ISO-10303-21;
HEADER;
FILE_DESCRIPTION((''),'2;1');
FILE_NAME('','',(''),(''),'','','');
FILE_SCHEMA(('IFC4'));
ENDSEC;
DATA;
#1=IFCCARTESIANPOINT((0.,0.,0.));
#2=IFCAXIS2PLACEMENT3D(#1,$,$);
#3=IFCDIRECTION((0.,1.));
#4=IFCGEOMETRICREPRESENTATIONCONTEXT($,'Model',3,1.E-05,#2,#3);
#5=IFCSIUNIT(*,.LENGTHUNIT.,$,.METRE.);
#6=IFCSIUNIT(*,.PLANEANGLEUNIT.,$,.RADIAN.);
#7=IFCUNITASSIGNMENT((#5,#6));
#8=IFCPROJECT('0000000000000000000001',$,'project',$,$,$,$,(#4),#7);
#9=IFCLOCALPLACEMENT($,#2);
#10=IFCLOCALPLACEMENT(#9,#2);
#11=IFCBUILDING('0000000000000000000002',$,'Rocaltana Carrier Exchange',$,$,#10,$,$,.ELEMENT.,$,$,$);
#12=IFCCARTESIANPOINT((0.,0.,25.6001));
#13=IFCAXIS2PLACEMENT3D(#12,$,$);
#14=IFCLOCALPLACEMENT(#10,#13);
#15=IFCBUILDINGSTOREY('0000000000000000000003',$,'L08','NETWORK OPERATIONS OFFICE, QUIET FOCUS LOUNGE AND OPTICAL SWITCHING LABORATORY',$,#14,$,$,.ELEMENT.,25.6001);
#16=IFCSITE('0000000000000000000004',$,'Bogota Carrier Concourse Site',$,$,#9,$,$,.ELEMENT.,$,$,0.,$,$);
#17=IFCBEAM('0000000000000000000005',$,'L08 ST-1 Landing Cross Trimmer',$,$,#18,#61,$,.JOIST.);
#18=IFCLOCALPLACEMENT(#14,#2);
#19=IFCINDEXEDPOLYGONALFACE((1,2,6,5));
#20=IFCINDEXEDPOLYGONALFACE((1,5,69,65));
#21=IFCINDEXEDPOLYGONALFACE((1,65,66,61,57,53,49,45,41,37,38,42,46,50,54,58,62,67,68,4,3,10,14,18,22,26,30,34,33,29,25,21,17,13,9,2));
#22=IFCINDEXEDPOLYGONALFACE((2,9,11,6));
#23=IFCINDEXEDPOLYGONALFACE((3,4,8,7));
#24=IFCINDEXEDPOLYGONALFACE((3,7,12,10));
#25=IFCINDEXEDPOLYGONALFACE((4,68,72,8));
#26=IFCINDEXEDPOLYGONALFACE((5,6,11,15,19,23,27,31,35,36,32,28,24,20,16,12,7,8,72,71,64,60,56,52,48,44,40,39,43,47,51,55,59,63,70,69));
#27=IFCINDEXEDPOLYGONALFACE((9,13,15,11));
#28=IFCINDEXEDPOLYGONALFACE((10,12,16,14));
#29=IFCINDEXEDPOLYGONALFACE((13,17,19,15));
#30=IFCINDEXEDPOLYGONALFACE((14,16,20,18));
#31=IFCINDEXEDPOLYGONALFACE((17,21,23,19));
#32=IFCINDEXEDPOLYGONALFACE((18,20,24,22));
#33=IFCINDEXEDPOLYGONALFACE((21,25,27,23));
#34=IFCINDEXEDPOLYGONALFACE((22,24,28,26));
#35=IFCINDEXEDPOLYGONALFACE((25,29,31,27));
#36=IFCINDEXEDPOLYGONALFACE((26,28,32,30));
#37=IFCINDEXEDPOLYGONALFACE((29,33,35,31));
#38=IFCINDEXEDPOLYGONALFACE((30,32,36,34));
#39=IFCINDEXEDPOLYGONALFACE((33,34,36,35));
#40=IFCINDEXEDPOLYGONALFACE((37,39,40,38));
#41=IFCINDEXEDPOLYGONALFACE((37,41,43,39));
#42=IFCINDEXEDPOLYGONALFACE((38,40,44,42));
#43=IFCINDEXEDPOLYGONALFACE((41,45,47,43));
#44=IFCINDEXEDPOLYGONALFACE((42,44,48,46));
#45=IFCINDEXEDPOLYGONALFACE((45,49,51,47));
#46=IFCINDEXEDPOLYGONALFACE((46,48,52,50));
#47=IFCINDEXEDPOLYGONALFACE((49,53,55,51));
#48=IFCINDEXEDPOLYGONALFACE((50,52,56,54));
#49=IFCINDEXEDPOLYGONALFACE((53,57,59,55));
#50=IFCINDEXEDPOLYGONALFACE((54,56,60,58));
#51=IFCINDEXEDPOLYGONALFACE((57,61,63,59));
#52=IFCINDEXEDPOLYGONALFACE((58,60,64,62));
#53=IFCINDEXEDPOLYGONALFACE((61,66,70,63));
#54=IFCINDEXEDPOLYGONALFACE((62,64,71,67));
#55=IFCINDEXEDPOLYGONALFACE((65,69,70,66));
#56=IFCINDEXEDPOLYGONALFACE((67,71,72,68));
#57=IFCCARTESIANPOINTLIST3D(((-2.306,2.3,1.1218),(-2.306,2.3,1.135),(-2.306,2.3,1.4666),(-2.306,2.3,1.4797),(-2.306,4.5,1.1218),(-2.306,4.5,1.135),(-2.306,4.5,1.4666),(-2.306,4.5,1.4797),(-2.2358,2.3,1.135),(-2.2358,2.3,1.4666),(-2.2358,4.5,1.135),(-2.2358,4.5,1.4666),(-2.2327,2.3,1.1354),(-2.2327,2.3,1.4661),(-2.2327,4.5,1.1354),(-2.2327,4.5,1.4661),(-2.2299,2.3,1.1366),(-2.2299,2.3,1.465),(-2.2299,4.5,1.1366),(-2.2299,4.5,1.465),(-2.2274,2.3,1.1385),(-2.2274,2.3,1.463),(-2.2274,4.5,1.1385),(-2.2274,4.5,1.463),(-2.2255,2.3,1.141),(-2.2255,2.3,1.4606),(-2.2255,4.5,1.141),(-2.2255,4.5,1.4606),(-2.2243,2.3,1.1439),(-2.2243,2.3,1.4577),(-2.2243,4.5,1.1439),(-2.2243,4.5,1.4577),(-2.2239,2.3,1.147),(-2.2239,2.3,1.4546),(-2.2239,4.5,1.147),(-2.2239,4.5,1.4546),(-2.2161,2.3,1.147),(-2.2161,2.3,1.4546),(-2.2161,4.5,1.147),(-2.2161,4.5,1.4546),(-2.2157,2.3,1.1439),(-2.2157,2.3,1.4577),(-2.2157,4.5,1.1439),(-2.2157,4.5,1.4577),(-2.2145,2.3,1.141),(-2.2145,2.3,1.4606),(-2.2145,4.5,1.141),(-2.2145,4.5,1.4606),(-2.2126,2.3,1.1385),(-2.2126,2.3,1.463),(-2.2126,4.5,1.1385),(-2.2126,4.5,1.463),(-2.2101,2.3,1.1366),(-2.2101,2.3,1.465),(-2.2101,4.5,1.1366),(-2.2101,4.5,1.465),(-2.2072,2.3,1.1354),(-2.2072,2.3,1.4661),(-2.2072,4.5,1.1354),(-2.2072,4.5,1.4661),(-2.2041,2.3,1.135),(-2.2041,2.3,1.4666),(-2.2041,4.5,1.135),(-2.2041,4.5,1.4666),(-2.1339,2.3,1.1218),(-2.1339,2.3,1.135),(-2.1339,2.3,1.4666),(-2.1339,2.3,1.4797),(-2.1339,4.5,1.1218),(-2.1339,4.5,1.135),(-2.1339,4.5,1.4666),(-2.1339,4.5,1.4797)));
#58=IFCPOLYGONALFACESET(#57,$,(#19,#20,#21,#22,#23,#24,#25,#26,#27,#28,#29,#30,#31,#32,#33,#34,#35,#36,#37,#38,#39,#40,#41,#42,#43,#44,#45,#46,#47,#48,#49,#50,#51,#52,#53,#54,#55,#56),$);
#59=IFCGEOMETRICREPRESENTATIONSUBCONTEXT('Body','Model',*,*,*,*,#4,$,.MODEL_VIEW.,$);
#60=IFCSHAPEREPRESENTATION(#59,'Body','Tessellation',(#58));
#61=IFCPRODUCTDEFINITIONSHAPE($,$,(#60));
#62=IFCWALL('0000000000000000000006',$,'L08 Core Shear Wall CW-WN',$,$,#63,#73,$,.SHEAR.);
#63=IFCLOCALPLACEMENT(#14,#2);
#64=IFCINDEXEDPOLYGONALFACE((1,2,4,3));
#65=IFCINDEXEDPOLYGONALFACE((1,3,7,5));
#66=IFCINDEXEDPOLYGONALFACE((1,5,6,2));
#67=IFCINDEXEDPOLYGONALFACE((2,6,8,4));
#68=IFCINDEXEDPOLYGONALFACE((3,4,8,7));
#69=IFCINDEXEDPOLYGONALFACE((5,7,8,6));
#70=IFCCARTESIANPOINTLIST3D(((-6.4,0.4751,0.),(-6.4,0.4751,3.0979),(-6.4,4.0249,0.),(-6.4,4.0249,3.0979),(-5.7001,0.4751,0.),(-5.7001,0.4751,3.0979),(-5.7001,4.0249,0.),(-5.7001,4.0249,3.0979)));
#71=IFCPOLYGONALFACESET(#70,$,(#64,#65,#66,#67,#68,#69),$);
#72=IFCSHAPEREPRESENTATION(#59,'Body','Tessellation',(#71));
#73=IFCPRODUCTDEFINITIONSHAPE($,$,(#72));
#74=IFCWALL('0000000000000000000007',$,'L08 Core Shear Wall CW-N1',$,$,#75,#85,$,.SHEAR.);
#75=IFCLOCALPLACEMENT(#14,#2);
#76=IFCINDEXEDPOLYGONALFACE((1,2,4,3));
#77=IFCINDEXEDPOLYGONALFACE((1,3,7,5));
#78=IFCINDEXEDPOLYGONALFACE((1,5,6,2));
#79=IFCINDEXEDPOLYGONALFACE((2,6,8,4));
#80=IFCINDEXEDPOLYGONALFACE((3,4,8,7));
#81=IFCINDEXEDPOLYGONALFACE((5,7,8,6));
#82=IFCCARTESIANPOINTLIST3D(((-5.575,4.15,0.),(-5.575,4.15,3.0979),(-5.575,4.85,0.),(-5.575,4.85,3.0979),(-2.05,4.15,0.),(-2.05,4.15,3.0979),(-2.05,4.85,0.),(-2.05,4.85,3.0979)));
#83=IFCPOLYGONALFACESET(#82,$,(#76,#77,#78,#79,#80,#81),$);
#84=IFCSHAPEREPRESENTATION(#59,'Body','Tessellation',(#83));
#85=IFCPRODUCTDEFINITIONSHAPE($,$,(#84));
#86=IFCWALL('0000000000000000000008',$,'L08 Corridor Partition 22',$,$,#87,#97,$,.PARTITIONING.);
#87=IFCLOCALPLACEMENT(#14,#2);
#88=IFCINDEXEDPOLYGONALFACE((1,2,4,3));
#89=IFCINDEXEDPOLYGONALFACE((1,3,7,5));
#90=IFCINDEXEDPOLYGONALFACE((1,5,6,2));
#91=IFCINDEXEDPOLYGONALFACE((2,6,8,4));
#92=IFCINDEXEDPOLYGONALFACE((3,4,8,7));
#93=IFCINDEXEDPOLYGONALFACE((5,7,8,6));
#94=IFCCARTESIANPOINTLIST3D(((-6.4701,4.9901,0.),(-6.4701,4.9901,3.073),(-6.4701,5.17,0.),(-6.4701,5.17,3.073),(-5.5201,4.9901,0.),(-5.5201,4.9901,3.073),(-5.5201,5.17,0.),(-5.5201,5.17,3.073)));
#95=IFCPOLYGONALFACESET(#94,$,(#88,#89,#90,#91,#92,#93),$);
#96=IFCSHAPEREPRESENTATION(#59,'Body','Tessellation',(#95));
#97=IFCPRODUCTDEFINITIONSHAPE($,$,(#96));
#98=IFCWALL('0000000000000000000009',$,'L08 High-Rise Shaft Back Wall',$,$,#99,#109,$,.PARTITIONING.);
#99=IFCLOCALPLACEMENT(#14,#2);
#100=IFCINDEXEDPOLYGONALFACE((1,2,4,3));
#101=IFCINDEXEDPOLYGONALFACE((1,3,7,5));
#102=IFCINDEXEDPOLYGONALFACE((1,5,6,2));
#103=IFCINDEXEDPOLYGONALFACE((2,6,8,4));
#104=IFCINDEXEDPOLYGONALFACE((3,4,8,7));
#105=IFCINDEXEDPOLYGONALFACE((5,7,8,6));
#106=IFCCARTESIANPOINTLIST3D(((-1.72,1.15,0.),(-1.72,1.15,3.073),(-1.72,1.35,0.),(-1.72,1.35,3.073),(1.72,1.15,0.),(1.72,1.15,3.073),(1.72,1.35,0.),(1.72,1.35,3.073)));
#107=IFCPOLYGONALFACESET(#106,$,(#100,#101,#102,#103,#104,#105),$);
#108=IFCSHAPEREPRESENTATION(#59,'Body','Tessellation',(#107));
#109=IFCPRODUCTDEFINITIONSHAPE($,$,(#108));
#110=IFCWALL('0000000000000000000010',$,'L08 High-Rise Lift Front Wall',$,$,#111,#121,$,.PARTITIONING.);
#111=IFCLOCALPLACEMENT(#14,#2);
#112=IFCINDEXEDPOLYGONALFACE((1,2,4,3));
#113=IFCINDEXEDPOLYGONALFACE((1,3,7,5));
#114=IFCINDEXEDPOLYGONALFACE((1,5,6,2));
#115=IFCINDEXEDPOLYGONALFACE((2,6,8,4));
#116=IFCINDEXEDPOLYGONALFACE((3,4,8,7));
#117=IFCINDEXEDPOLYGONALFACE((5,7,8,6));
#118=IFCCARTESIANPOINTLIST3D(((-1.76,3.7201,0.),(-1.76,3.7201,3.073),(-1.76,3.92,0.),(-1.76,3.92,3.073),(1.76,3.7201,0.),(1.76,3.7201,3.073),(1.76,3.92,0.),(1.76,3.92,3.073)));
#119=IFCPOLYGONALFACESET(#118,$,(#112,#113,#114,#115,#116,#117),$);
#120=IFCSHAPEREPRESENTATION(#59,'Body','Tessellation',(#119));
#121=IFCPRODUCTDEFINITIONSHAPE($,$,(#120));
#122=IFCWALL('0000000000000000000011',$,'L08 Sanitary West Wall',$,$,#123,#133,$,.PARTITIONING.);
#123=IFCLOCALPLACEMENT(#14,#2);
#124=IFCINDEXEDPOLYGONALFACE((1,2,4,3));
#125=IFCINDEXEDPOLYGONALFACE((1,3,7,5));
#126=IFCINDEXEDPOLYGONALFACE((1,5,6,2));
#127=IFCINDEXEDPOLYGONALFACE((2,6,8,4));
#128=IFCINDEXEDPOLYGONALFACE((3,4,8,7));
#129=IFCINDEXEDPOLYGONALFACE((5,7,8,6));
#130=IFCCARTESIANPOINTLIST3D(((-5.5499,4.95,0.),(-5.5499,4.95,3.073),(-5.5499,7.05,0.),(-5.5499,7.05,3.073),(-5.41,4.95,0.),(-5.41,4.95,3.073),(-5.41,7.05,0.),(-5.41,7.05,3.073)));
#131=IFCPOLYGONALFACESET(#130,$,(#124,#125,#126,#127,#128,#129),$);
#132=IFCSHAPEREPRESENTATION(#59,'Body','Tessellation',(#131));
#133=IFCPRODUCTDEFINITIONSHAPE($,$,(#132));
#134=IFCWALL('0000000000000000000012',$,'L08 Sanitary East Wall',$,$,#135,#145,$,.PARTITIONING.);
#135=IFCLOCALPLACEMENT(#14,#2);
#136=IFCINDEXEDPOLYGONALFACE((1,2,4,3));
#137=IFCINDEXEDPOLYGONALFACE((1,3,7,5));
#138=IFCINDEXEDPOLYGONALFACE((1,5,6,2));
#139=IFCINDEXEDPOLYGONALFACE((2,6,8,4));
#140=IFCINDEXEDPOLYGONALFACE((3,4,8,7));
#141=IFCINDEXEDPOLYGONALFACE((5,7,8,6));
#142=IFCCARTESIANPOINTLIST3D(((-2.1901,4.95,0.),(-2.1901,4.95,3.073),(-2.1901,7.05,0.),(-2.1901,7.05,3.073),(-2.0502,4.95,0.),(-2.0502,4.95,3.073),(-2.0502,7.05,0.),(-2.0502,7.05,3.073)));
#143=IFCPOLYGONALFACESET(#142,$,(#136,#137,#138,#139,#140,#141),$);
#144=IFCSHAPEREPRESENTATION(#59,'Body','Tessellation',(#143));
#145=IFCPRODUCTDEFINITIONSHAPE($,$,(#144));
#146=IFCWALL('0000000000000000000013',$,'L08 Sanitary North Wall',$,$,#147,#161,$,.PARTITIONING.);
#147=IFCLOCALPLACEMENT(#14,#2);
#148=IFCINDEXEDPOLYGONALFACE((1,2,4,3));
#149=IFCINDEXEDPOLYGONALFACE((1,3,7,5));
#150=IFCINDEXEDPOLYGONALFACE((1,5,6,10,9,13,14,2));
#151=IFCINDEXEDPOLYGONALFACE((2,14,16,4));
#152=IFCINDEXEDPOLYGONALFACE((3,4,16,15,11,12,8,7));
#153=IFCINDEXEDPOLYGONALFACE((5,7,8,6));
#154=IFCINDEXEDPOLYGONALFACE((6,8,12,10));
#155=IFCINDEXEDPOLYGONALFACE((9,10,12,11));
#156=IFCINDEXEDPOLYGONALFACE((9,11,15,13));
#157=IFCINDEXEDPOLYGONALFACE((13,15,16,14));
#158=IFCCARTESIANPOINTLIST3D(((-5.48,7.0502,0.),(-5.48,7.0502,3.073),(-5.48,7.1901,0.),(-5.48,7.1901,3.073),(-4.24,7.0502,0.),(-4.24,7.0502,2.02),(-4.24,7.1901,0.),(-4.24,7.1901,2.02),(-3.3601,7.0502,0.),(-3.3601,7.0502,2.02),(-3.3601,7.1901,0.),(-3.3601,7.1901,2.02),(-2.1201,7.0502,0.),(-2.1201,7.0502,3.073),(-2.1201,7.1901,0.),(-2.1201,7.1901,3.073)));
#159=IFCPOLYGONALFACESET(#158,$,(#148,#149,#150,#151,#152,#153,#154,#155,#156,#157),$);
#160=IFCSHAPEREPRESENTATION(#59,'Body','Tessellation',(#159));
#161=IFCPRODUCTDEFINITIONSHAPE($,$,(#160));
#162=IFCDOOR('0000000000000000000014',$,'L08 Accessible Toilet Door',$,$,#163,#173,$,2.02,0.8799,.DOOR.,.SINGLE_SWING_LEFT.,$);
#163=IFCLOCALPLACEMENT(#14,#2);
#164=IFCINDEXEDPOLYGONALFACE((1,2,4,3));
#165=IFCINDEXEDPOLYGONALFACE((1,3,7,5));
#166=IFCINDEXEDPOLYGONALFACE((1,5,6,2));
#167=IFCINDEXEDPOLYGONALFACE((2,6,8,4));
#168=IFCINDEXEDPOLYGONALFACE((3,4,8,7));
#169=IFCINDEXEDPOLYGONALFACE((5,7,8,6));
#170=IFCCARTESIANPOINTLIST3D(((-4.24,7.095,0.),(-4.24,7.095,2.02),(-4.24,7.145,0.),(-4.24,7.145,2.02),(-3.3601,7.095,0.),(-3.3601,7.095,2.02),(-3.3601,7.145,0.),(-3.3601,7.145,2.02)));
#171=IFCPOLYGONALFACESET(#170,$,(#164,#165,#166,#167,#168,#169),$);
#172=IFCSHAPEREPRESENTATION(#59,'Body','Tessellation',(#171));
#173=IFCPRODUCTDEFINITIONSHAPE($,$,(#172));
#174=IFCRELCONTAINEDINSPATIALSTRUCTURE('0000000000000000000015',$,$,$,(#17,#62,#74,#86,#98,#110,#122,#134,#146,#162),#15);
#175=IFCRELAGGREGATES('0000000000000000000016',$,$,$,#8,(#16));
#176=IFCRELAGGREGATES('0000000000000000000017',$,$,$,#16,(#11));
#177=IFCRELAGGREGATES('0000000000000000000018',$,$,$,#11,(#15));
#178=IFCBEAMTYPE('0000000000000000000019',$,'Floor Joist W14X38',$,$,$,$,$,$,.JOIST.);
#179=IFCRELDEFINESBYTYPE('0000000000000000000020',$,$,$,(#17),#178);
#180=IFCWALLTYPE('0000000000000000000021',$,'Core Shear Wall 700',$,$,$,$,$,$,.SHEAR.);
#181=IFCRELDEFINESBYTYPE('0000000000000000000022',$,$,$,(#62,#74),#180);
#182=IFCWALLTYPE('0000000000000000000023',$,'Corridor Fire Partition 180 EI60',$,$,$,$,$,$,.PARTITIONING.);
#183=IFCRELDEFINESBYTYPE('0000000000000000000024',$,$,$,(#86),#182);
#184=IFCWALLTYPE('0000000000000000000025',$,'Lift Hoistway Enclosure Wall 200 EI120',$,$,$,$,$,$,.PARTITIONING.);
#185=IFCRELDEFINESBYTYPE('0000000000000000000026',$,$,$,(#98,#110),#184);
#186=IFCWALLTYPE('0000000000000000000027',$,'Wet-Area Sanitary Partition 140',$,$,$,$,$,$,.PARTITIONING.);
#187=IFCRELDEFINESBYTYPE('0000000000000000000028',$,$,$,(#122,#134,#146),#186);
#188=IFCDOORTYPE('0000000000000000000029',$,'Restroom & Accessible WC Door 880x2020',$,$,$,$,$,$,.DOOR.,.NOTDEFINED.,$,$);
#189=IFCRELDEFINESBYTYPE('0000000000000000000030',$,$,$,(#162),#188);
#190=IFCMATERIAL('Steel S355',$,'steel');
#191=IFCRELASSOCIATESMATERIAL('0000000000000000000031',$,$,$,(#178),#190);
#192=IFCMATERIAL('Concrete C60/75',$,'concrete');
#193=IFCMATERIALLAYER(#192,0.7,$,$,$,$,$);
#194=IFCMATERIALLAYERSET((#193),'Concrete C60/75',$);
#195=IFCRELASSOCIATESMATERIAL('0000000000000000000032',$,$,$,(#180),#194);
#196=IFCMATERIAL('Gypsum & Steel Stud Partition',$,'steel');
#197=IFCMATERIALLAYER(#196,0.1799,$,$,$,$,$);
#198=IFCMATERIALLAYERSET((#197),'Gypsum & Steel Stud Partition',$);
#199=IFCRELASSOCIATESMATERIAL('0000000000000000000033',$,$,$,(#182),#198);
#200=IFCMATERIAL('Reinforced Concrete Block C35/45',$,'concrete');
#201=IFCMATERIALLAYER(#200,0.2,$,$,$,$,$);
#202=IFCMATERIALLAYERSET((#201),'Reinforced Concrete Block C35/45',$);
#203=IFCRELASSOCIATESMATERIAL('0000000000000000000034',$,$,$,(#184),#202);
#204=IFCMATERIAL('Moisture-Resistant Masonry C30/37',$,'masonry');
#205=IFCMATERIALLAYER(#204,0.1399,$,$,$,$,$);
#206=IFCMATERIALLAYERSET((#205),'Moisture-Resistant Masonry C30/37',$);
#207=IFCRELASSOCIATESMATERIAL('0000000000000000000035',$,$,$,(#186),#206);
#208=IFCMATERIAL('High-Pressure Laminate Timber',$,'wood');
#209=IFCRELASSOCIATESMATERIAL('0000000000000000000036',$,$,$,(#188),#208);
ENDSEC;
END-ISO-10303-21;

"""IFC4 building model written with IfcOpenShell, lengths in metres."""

from ifc_helpers import new_model, si_unit, direction, frame, frame_2d, origin, origin_2d, place, context, subcontext, project, spatial, rectangle, i_section, extrude, material, layer, layer_set, material_profile, profile_set, type_object, element, fill, save


model = new_model("IFC4")

# Units and contexts
model_context = context("Model", 3, precision=1e-05, world=origin(), true_north=direction((0.0, 1.0)))
body_context = subcontext(model_context, "Body", "Model", "MODEL_VIEW")
ifc_project = project(units=[si_unit("LENGTHUNIT", "METRE"), si_unit("PLANEANGLEUNIT", "RADIAN")], contexts=[model_context])

# Site, building, storey
site_placement = place(None, origin())
site = spatial("IfcSite", under=ifc_project, at=site_placement, Name="Bogota Carrier Concourse Site", CompositionType="ELEMENT", RefElevation=0.0)
building_placement = place(site_placement, origin())
building = spatial("IfcBuilding", under=site, at=building_placement, Name="Rocaltana Carrier Exchange", CompositionType="ELEMENT")
storey_placement = place(building_placement, frame((0.0, 0.0, 25.6001)))
storey = spatial("IfcBuildingStorey", under=building, at=storey_placement, Name="L08", Description="NETWORK OPERATIONS OFFICE, QUIET FOCUS LOUNGE AND OPTICAL SWITCHING LABORATORY", CompositionType="ELEMENT", Elevation=25.6001)

# Beam
ifc_material_1 = material(Name="Steel S355", Category="steel")
ifc_material_profile_1 = material_profile(ifc_material_1, i_section(OverallWidth=0.1721, OverallDepth=0.3579, WebThickness=0.0078, FlangeThickness=0.0132, FilletRadius=0.012, at=origin_2d()), Name="W14X38")
ifc_profile_set_1 = profile_set([ifc_material_profile_1], Name="Steel S355")
beam_type_1 = type_object("IfcBeamType", Name="Floor Joist W14X38", PredefinedType="JOIST", material=ifc_profile_set_1)
beam_1_placement = place(storey_placement, frame((-2.22, 2.3, 1.3008), z_axis=(0.0, 1.0, 0.0), x_axis=(-1.0, 0.0, 0.0)))
element("IfcBeam", 1, at=beam_1_placement, inside=storey, type_object=beam_type_1, Name="L08 ST-1 Landing Cross Trimmer", PredefinedType="JOIST", context=body_context, shape_type="SweptSolid", body=[
    extrude(i_section(OverallWidth=0.1721, OverallDepth=0.3579, WebThickness=0.0078, FlangeThickness=0.0132, FilletRadius=0.012, at=origin_2d()), origin(), (0.0, 0.0, 1.0), 2.2),
])

# Walls
ifc_material_2 = material(Name="Concrete C60/75", Category="concrete")
ifc_layer_1 = layer(ifc_material_2, 0.7)
ifc_layer_set_1 = layer_set([ifc_layer_1], Name="Concrete C60/75")
wall_type_1 = type_object("IfcWallType", Name="Core Shear Wall 700", PredefinedType="SHEAR", material=ifc_layer_set_1)
wall_1_placement = place(storey_placement, frame((-6.05, 0.4751, 0.0), z_axis=(0.0, 0.0, 1.0), x_axis=(0.0, 1.0, 0.0)))
element("IfcWall", 2, at=wall_1_placement, inside=storey, type_object=wall_type_1, Name="L08 Core Shear Wall CW-WN", PredefinedType="SHEAR", context=body_context, shape_type="SweptSolid", body=[
    extrude(rectangle(XDim=3.5498, YDim=0.7, at=frame_2d((1.7749, 0.0))), origin(), (0.0, 0.0, 1.0), 3.0979),
])
wall_2_placement = place(storey_placement, frame((-5.575, 4.5, 0.0), z_axis=(0.0, 0.0, 1.0), x_axis=(1.0, 0.0, 0.0)))
element("IfcWall", 3, at=wall_2_placement, inside=storey, type_object=wall_type_1, Name="L08 Core Shear Wall CW-N1", PredefinedType="SHEAR", context=body_context, shape_type="SweptSolid", body=[
    extrude(rectangle(XDim=3.5249, YDim=0.7, at=frame_2d((1.7625, 0.0))), origin(), (0.0, 0.0, 1.0), 3.0979),
])
ifc_material_3 = material(Name="Gypsum & Steel Stud Partition", Category="steel")
ifc_layer_2 = layer(ifc_material_3, 0.1799)
ifc_layer_set_2 = layer_set([ifc_layer_2], Name="Gypsum & Steel Stud Partition")
wall_type_2 = type_object("IfcWallType", Name="Corridor Fire Partition 180 EI60", PredefinedType="PARTITIONING", material=ifc_layer_set_2)
wall_3_placement = place(storey_placement, frame((-5.52, 5.0801, 0.0), z_axis=(0.0, 0.0, 1.0), x_axis=(-1.0, 0.0, 0.0)))
element("IfcWall", 4, at=wall_3_placement, inside=storey, type_object=wall_type_2, Name="L08 Corridor Partition 22", PredefinedType="PARTITIONING", context=body_context, shape_type="SweptSolid", body=[
    extrude(rectangle(XDim=0.95, YDim=0.1799, at=frame_2d((0.4751, 0.0))), origin(), (0.0, 0.0, 1.0), 3.073),
])
ifc_material_4 = material(Name="Reinforced Concrete Block C35/45", Category="concrete")
ifc_layer_3 = layer(ifc_material_4, 0.2)
ifc_layer_set_3 = layer_set([ifc_layer_3], Name="Reinforced Concrete Block C35/45")
wall_type_3 = type_object("IfcWallType", Name="Lift Hoistway Enclosure Wall 200 EI120", PredefinedType="PARTITIONING", material=ifc_layer_set_3)
wall_4_placement = place(storey_placement, frame((-1.72, 1.25, 0.0), z_axis=(0.0, 0.0, 1.0), x_axis=(1.0, 0.0, 0.0)))
element("IfcWall", 5, at=wall_4_placement, inside=storey, type_object=wall_type_3, Name="L08 High-Rise Shaft Back Wall", PredefinedType="PARTITIONING", context=body_context, shape_type="SweptSolid", body=[
    extrude(rectangle(XDim=3.4399, YDim=0.2, at=frame_2d((1.72, 0.0))), origin(), (0.0, 0.0, 1.0), 3.073),
])
wall_5_placement = place(storey_placement, frame((-1.76, 3.8201, 0.0), z_axis=(0.0, 0.0, 1.0), x_axis=(1.0, 0.0, 0.0)))
element("IfcWall", 6, at=wall_5_placement, inside=storey, type_object=wall_type_3, Name="L08 High-Rise Lift Front Wall", PredefinedType="PARTITIONING", context=body_context, shape_type="SweptSolid", body=[
    extrude(rectangle(XDim=3.52, YDim=0.2, at=frame_2d((1.76, 0.0))), origin(), (0.0, 0.0, 1.0), 3.073),
])
ifc_material_5 = material(Name="Moisture-Resistant Masonry C30/37", Category="masonry")
ifc_layer_4 = layer(ifc_material_5, 0.1399)
ifc_layer_set_4 = layer_set([ifc_layer_4], Name="Moisture-Resistant Masonry C30/37")
wall_type_4 = type_object("IfcWallType", Name="Wet-Area Sanitary Partition 140", PredefinedType="PARTITIONING", material=ifc_layer_set_4)
for number, where, z_axis, x_axis, name in (
    (7, (-5.48, 4.95, 0.0), (0.0, 0.0, 1.0), (0.0, 1.0, 0.0), "L08 Sanitary West Wall"),
    (8, (-2.1201, 4.95, 0.0), (0.0, 0.0, 1.0), (0.0, 1.0, 0.0), "L08 Sanitary East Wall"),
):
    element("IfcWall", number, at=place(storey_placement, frame(where, z_axis=z_axis, x_axis=x_axis)), inside=storey, type_object=wall_type_4, Name=name, PredefinedType="PARTITIONING", context=body_context, shape_type="SweptSolid", body=[
        extrude(rectangle(XDim=2.1001, YDim=0.1399, at=frame_2d((1.05, 0.0))), origin(), (0.0, 0.0, 1.0), 3.073),
    ])

# Wall, opening, door
wall_6_placement = place(storey_placement, frame((-5.48, 7.1201, 0.0), z_axis=(0.0, 0.0, 1.0), x_axis=(1.0, 0.0, 0.0)))
wall_6 = element("IfcWall", 9, at=wall_6_placement, inside=storey, type_object=wall_type_4, Name="L08 Sanitary North Wall", PredefinedType="PARTITIONING", context=body_context, shape_type="SweptSolid", body=[
    extrude(rectangle(XDim=3.3599, YDim=0.1399, at=frame_2d((1.6799, 0.0))), origin(), (0.0, 0.0, 1.0), 3.073),
])
opening_placement = place(wall_6_placement, frame((1.24, 0.0, 0.0)))
opening = element("IfcOpeningElement", 10, at=opening_placement, cuts=wall_6, PredefinedType="OPENING", context=body_context, shape_type="SweptSolid", body=[
    extrude(rectangle(XDim=0.8799, YDim=2.02, at=frame_2d((0.4399, 1.01))), frame((0.0, 0.0798, 0.0), z_axis=(0.0, -1.0, 0.0), x_axis=(1.0, 0.0, 0.0)), (0.0, 0.0, 1.0), 0.1599),
])
ifc_material_6 = material(Name="High-Pressure Laminate Timber", Category="wood")
door_type = type_object("IfcDoorType", Name="Restroom & Accessible WC Door 880x2020", OperationType="NOTDEFINED", PredefinedType="DOOR", material=ifc_material_6)
door_placement = place(opening_placement, origin())
door = element("IfcDoor", 11, at=door_placement, inside=storey, type_object=door_type, Name="L08 Accessible Toilet Door", OperationType="SINGLE_SWING_LEFT", OverallHeight=2.02, OverallWidth=0.8799, PredefinedType="DOOR", context=body_context, shape_type="SweptSolid", body=[
    extrude(rectangle(XDim=0.8799, YDim=2.02, at=frame_2d((0.4399, 1.01))), frame((0.0, 0.0249, 0.0), z_axis=(0.0, -1.0, 0.0), x_axis=(1.0, 0.0, 0.0)), (0.0, 0.0, 1.0), 0.05),
])
fill(opening, door)

save(model, "model.ifc")
